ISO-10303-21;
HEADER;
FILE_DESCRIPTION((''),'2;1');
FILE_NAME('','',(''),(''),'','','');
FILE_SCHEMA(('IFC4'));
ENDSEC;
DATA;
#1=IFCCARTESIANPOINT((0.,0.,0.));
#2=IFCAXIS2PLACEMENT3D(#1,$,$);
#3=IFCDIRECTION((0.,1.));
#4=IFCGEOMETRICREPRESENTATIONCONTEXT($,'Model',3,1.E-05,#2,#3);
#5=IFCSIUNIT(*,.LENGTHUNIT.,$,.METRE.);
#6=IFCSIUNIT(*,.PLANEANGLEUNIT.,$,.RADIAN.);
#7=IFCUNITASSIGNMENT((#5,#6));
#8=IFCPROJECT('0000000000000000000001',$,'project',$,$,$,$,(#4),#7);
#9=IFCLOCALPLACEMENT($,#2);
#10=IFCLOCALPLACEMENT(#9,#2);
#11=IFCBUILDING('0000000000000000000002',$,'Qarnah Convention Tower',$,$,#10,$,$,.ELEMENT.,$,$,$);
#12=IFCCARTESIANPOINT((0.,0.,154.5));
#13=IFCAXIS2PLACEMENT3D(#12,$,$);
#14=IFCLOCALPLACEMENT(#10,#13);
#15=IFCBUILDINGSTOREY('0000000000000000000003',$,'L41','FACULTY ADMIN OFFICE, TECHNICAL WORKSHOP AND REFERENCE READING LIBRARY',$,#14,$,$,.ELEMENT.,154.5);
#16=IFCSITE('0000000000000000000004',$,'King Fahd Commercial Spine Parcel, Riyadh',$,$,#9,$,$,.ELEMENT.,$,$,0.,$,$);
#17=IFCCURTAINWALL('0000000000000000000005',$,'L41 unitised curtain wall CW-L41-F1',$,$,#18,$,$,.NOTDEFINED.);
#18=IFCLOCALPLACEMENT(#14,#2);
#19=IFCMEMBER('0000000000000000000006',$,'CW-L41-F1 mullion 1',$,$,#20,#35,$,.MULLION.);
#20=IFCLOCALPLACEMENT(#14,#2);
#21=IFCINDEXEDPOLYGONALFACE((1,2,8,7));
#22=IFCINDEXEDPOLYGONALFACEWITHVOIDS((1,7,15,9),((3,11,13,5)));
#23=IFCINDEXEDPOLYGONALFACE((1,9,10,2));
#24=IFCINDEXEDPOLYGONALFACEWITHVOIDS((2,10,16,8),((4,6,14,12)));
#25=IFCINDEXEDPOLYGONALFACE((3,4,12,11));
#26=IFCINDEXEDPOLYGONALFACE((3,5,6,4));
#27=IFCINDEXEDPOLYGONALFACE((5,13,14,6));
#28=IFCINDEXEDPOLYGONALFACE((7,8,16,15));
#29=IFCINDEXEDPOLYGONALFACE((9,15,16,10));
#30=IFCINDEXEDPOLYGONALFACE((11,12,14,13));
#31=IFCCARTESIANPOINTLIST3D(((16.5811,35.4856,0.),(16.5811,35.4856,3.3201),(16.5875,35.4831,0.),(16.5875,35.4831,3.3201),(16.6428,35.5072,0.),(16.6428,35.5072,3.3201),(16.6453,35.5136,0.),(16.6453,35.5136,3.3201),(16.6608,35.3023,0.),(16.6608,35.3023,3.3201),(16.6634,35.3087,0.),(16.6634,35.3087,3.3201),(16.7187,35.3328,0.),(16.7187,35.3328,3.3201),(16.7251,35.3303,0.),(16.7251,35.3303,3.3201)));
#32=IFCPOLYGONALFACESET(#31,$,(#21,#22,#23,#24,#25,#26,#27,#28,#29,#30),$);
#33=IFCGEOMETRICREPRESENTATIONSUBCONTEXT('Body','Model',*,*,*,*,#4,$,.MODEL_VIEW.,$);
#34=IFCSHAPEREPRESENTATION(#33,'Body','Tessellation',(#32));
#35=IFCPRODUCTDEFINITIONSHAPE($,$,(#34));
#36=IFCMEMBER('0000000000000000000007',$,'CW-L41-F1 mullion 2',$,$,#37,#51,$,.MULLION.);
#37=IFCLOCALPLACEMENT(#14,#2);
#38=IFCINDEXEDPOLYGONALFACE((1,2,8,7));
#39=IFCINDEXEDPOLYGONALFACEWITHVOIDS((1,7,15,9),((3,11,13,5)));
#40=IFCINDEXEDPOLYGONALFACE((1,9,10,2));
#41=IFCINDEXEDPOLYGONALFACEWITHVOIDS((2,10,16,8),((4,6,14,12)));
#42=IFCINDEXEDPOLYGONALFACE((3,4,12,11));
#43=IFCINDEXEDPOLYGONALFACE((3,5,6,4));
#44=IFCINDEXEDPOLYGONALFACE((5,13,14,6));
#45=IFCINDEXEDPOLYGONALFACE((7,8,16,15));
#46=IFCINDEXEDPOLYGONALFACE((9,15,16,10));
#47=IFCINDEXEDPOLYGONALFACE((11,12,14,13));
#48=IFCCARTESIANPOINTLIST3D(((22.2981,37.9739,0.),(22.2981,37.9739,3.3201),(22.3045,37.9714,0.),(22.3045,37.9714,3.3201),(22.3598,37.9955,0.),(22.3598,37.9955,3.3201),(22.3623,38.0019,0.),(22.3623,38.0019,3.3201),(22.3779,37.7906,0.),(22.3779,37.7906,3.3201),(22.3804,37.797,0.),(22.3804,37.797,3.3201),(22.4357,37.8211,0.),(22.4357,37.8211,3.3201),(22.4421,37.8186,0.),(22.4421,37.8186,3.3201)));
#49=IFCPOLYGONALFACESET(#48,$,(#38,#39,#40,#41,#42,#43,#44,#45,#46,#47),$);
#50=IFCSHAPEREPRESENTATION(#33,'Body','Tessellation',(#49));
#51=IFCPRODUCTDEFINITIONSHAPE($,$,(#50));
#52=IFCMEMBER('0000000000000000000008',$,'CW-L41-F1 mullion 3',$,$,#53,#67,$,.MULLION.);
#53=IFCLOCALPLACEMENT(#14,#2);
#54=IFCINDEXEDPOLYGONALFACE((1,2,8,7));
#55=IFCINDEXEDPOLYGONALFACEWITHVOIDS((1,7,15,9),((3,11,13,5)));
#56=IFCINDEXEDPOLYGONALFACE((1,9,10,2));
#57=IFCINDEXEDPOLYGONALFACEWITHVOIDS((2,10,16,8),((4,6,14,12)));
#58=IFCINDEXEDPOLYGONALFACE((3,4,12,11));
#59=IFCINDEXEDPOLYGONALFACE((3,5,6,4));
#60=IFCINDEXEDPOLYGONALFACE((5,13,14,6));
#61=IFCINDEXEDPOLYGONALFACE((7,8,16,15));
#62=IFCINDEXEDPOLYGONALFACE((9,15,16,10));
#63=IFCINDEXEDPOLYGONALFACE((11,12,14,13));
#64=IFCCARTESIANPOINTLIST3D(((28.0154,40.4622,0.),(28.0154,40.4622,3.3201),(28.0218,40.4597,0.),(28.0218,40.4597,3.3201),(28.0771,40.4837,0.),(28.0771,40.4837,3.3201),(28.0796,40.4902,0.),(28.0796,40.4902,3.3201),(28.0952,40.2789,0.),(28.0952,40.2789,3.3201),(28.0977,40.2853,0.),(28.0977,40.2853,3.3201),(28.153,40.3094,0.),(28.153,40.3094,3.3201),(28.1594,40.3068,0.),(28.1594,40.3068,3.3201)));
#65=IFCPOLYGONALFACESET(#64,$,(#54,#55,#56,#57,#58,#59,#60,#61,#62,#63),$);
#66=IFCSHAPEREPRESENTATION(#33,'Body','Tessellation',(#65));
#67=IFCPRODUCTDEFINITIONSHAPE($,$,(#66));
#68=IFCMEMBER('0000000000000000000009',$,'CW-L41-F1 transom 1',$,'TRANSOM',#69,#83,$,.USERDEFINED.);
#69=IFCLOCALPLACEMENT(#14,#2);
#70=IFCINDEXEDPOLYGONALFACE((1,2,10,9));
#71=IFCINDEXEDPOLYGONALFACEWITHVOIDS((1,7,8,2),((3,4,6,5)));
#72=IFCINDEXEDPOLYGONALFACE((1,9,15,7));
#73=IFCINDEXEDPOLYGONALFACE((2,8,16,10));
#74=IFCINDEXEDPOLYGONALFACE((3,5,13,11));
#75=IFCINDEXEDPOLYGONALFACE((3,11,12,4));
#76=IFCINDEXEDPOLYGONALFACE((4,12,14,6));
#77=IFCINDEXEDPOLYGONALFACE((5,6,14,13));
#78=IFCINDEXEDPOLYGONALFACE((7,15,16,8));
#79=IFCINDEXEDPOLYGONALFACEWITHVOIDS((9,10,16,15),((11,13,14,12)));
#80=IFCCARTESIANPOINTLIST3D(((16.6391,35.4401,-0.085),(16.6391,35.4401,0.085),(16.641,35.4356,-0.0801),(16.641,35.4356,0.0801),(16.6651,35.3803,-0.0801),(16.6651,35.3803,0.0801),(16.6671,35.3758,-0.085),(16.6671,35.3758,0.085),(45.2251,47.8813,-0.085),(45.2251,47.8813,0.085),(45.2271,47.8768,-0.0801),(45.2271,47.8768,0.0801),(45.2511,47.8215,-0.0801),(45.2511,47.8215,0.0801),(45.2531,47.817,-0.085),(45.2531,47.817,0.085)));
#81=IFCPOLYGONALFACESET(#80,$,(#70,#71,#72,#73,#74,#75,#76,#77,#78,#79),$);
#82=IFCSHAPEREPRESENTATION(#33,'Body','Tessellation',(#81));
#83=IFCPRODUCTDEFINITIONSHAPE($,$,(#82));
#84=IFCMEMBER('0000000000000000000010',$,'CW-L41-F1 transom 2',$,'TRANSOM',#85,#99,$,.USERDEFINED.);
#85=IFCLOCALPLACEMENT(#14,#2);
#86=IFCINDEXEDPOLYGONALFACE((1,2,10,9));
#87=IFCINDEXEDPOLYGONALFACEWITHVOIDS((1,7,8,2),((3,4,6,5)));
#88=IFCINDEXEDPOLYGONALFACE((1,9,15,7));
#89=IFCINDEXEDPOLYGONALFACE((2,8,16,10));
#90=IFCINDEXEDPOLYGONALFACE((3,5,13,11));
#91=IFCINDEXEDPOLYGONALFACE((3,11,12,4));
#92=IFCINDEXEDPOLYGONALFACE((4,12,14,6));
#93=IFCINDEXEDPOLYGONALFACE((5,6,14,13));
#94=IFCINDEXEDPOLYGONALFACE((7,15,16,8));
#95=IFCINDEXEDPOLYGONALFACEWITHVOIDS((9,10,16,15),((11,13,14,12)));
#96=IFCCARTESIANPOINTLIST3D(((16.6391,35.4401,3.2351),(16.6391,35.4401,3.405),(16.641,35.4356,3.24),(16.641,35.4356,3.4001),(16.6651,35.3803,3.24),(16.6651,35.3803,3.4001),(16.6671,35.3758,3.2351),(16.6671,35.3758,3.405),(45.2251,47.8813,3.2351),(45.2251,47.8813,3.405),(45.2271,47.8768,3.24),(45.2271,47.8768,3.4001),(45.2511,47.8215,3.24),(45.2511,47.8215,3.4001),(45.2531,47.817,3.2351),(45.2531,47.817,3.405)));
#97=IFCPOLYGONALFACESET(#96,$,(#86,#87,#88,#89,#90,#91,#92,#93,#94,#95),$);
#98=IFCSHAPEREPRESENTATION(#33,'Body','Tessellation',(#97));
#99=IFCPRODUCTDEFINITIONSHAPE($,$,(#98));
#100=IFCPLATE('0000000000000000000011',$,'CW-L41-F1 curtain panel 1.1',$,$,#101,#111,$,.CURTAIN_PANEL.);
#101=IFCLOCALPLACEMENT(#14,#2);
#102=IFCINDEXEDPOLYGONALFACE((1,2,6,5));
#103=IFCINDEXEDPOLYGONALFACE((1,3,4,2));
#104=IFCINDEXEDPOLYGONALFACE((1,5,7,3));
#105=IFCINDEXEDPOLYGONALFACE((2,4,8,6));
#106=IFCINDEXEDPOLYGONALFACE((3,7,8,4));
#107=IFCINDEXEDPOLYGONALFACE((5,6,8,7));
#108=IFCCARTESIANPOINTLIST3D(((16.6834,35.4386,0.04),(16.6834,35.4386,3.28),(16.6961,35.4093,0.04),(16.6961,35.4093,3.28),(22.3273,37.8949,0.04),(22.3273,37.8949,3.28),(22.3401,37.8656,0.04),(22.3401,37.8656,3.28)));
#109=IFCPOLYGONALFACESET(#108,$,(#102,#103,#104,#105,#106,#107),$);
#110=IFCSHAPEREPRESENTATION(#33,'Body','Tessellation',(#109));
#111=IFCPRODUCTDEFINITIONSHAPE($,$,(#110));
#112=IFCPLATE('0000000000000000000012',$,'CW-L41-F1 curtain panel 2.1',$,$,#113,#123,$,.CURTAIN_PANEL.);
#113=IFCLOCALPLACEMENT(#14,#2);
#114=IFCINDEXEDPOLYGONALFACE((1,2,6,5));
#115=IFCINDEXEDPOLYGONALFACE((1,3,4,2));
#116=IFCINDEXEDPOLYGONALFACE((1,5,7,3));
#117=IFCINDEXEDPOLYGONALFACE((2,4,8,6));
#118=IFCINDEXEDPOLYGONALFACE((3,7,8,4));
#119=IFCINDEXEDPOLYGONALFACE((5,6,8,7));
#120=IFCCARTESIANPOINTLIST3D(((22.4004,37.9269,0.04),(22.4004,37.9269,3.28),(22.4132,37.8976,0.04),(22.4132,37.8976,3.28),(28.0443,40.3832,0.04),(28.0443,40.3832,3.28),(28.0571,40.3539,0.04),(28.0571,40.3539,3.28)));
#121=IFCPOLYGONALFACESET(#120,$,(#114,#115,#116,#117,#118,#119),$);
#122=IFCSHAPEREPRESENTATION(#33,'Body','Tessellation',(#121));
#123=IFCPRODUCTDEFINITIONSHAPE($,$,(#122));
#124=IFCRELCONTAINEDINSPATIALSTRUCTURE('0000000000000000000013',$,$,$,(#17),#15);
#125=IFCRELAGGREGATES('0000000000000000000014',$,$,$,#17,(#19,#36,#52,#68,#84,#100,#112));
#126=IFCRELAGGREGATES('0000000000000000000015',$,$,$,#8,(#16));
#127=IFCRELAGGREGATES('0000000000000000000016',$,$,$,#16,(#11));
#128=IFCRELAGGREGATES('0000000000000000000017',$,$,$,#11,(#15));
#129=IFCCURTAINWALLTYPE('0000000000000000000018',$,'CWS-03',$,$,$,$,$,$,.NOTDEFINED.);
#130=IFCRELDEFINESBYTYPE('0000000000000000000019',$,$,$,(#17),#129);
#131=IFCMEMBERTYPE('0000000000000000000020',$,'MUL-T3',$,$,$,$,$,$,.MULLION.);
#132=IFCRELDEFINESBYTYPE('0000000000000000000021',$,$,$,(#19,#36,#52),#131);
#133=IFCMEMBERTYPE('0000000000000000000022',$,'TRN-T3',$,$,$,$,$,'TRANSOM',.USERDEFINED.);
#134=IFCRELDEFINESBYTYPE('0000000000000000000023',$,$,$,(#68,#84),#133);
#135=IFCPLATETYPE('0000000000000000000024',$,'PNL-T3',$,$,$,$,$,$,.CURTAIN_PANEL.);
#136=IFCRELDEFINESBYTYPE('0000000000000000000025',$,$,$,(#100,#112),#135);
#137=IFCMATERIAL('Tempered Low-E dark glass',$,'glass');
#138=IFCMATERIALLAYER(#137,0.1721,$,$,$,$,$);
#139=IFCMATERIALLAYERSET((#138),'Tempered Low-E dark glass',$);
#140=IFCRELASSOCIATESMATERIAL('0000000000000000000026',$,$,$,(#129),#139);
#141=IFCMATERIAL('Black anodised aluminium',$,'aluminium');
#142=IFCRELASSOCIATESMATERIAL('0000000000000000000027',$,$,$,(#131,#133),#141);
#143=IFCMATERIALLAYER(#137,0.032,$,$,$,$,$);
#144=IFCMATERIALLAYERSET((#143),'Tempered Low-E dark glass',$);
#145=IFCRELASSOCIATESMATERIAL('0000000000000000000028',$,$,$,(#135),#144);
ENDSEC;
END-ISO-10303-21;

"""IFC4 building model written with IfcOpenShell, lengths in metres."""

from ifc_helpers import new_model, si_unit, direction, frame, origin, origin_2d, place, context, subcontext, project, spatial, rectangle, hollow_rectangle, extrude, material, layer, layer_set, material_profile, profile_set, type_object, element, aggregate, save


model = new_model("IFC4")

# Units and contexts
model_context = context("Model", 3, precision=1e-05, world=origin(), true_north=direction((0.0, 1.0)))
body_context = subcontext(model_context, "Body", "Model", "MODEL_VIEW")
ifc_project = project(units=[si_unit("LENGTHUNIT", "METRE"), si_unit("PLANEANGLEUNIT", "RADIAN")], contexts=[model_context])

# Site, building, storey
site_placement = place(None, origin())
site = spatial("IfcSite", under=ifc_project, at=site_placement, Name="King Fahd Commercial Spine Parcel, Riyadh", CompositionType="ELEMENT", RefElevation=0.0)
building_placement = place(site_placement, origin())
building = spatial("IfcBuilding", under=site, at=building_placement, Name="Qarnah Convention Tower", CompositionType="ELEMENT")
storey_placement = place(building_placement, frame((0.0, 0.0, 154.5)))
storey = spatial("IfcBuildingStorey", under=building, at=storey_placement, Name="L41", Description="FACULTY ADMIN OFFICE, TECHNICAL WORKSHOP AND REFERENCE READING LIBRARY", CompositionType="ELEMENT", Elevation=154.5)

# Curtain wall, members, plates
ifc_material_1 = material(Name="Tempered Low-E dark glass", Category="glass")
ifc_layer_1 = layer(ifc_material_1, 0.1721)
ifc_layer_set_1 = layer_set([ifc_layer_1], Name="Tempered Low-E dark glass")
curtain_wall_type = type_object("IfcCurtainWallType", Name="CWS-03", PredefinedType="NOTDEFINED", material=ifc_layer_set_1)
curtain_wall_placement = place(storey_placement, origin())
curtain_wall = element("IfcCurtainWall", 1, at=curtain_wall_placement, inside=storey, type_object=curtain_wall_type, Name="L41 unitised curtain wall CW-L41-F1", PredefinedType="NOTDEFINED")
ifc_material_2 = material(Name="Black anodised aluminium", Category="aluminium")
ifc_material_profile_1 = material_profile(ifc_material_2, hollow_rectangle(XDim=0.0701, YDim=0.2, WallThickness=0.0049, at=origin_2d()), Name="MUL-70X200")
ifc_profile_set_1 = profile_set([ifc_material_profile_1], Name="Black anodised aluminium")
member_type_1 = type_object("IfcMemberType", Name="MUL-T3", PredefinedType="MULLION", material=ifc_profile_set_1)
member_1_placement = place(storey_placement, frame((16.6531, 35.408, 0.0), z_axis=(0.0, 0.0, 1.0), x_axis=(0.916926, 0.399058, 0.0)))
member_1 = element("IfcMember", 2, at=member_1_placement, type_object=member_type_1, Name="CW-L41-F1 mullion 1", PredefinedType="MULLION", context=body_context, shape_type="SweptSolid", body=[
    extrude(hollow_rectangle(XDim=0.0701, YDim=0.2, WallThickness=0.0049, at=origin_2d()), origin(), (0.0, 0.0, 1.0), 3.3201),
])
member_2_placement = place(storey_placement, frame((22.3701, 37.8962, 0.0), z_axis=(0.0, 0.0, 1.0), x_axis=(0.916926, 0.399058, 0.0)))
member_2 = element("IfcMember", 3, at=member_2_placement, type_object=member_type_1, Name="CW-L41-F1 mullion 2", PredefinedType="MULLION", context=body_context, shape_type="SweptSolid", body=[
    extrude(hollow_rectangle(XDim=0.0701, YDim=0.2, WallThickness=0.0049, at=origin_2d()), origin(), (0.0, 0.0, 1.0), 3.3201),
])
member_3_placement = place(storey_placement, frame((28.0874, 40.3845, 0.0), z_axis=(0.0, 0.0, 1.0), x_axis=(0.916926, 0.399058, 0.0)))
member_3 = element("IfcMember", 4, at=member_3_placement, type_object=member_type_1, Name="CW-L41-F1 mullion 3", PredefinedType="MULLION", context=body_context, shape_type="SweptSolid", body=[
    extrude(hollow_rectangle(XDim=0.0701, YDim=0.2, WallThickness=0.0049, at=origin_2d()), origin(), (0.0, 0.0, 1.0), 3.3201),
])
ifc_material_profile_2 = material_profile(ifc_material_2, hollow_rectangle(XDim=0.0701, YDim=0.1699, WallThickness=0.0049, at=origin_2d()), Name="TRN-70X170")
ifc_profile_set_2 = profile_set([ifc_material_profile_2], Name="Black anodised aluminium")
member_type_2 = type_object("IfcMemberType", Name="TRN-T3", ElementType="TRANSOM", PredefinedType="USERDEFINED", material=ifc_profile_set_2)
member_4_placement = place(storey_placement, frame((16.6531, 35.408, 0.0), z_axis=(0.916923, 0.399063, 0.0), x_axis=(-0.399063, 0.916923, 0.0)))
member_4 = element("IfcMember", 5, at=member_4_placement, type_object=member_type_2, Name="CW-L41-F1 transom 1", ObjectType="TRANSOM", PredefinedType="USERDEFINED", context=body_context, shape_type="SweptSolid", body=[
    extrude(hollow_rectangle(XDim=0.0701, YDim=0.1699, WallThickness=0.0049, at=origin_2d()), origin(), (0.0, 0.0, 1.0), 31.176),
])
member_5_placement = place(storey_placement, frame((16.6531, 35.408, 3.3201), z_axis=(0.916923, 0.399063, 0.0), x_axis=(-0.399063, 0.916923, 0.0)))
member_5 = element("IfcMember", 6, at=member_5_placement, type_object=member_type_2, Name="CW-L41-F1 transom 2", ObjectType="TRANSOM", PredefinedType="USERDEFINED", context=body_context, shape_type="SweptSolid", body=[
    extrude(hollow_rectangle(XDim=0.0701, YDim=0.1699, WallThickness=0.0049, at=origin_2d()), origin(), (0.0, 0.0, 1.0), 31.176),
])
ifc_layer_2 = layer(ifc_material_1, 0.032)
ifc_layer_set_2 = layer_set([ifc_layer_2], Name="Tempered Low-E dark glass")
plate_type = type_object("IfcPlateType", Name="PNL-T3", PredefinedType="CURTAIN_PANEL", material=ifc_layer_set_2)
plate_1_placement = place(storey_placement, frame((19.5117, 36.6521, 0.04), z_axis=(0.0, 0.0, 1.0), x_axis=(0.916926, 0.399058, 0.0)))
plate_1 = element("IfcPlate", 7, at=plate_1_placement, type_object=plate_type, Name="CW-L41-F1 curtain panel 1.1", PredefinedType="CURTAIN_PANEL", context=body_context, shape_type="SweptSolid", body=[
    extrude(rectangle(XDim=6.1553, YDim=0.032, at=origin_2d()), origin(), (0.0, 0.0, 1.0), 3.24),
])
plate_2_placement = place(storey_placement, frame((25.2288, 39.1404, 0.04), z_axis=(0.0, 0.0, 1.0), x_axis=(0.916926, 0.399058, 0.0)))
plate_2 = element("IfcPlate", 8, at=plate_2_placement, type_object=plate_type, Name="CW-L41-F1 curtain panel 2.1", PredefinedType="CURTAIN_PANEL", context=body_context, shape_type="SweptSolid", body=[
    extrude(rectangle(XDim=6.1553, YDim=0.032, at=origin_2d()), origin(), (0.0, 0.0, 1.0), 3.24),
])
aggregate(curtain_wall, [member_1, member_2, member_3, member_4, member_5, plate_1, plate_2])

save(model, "model.ifc")
